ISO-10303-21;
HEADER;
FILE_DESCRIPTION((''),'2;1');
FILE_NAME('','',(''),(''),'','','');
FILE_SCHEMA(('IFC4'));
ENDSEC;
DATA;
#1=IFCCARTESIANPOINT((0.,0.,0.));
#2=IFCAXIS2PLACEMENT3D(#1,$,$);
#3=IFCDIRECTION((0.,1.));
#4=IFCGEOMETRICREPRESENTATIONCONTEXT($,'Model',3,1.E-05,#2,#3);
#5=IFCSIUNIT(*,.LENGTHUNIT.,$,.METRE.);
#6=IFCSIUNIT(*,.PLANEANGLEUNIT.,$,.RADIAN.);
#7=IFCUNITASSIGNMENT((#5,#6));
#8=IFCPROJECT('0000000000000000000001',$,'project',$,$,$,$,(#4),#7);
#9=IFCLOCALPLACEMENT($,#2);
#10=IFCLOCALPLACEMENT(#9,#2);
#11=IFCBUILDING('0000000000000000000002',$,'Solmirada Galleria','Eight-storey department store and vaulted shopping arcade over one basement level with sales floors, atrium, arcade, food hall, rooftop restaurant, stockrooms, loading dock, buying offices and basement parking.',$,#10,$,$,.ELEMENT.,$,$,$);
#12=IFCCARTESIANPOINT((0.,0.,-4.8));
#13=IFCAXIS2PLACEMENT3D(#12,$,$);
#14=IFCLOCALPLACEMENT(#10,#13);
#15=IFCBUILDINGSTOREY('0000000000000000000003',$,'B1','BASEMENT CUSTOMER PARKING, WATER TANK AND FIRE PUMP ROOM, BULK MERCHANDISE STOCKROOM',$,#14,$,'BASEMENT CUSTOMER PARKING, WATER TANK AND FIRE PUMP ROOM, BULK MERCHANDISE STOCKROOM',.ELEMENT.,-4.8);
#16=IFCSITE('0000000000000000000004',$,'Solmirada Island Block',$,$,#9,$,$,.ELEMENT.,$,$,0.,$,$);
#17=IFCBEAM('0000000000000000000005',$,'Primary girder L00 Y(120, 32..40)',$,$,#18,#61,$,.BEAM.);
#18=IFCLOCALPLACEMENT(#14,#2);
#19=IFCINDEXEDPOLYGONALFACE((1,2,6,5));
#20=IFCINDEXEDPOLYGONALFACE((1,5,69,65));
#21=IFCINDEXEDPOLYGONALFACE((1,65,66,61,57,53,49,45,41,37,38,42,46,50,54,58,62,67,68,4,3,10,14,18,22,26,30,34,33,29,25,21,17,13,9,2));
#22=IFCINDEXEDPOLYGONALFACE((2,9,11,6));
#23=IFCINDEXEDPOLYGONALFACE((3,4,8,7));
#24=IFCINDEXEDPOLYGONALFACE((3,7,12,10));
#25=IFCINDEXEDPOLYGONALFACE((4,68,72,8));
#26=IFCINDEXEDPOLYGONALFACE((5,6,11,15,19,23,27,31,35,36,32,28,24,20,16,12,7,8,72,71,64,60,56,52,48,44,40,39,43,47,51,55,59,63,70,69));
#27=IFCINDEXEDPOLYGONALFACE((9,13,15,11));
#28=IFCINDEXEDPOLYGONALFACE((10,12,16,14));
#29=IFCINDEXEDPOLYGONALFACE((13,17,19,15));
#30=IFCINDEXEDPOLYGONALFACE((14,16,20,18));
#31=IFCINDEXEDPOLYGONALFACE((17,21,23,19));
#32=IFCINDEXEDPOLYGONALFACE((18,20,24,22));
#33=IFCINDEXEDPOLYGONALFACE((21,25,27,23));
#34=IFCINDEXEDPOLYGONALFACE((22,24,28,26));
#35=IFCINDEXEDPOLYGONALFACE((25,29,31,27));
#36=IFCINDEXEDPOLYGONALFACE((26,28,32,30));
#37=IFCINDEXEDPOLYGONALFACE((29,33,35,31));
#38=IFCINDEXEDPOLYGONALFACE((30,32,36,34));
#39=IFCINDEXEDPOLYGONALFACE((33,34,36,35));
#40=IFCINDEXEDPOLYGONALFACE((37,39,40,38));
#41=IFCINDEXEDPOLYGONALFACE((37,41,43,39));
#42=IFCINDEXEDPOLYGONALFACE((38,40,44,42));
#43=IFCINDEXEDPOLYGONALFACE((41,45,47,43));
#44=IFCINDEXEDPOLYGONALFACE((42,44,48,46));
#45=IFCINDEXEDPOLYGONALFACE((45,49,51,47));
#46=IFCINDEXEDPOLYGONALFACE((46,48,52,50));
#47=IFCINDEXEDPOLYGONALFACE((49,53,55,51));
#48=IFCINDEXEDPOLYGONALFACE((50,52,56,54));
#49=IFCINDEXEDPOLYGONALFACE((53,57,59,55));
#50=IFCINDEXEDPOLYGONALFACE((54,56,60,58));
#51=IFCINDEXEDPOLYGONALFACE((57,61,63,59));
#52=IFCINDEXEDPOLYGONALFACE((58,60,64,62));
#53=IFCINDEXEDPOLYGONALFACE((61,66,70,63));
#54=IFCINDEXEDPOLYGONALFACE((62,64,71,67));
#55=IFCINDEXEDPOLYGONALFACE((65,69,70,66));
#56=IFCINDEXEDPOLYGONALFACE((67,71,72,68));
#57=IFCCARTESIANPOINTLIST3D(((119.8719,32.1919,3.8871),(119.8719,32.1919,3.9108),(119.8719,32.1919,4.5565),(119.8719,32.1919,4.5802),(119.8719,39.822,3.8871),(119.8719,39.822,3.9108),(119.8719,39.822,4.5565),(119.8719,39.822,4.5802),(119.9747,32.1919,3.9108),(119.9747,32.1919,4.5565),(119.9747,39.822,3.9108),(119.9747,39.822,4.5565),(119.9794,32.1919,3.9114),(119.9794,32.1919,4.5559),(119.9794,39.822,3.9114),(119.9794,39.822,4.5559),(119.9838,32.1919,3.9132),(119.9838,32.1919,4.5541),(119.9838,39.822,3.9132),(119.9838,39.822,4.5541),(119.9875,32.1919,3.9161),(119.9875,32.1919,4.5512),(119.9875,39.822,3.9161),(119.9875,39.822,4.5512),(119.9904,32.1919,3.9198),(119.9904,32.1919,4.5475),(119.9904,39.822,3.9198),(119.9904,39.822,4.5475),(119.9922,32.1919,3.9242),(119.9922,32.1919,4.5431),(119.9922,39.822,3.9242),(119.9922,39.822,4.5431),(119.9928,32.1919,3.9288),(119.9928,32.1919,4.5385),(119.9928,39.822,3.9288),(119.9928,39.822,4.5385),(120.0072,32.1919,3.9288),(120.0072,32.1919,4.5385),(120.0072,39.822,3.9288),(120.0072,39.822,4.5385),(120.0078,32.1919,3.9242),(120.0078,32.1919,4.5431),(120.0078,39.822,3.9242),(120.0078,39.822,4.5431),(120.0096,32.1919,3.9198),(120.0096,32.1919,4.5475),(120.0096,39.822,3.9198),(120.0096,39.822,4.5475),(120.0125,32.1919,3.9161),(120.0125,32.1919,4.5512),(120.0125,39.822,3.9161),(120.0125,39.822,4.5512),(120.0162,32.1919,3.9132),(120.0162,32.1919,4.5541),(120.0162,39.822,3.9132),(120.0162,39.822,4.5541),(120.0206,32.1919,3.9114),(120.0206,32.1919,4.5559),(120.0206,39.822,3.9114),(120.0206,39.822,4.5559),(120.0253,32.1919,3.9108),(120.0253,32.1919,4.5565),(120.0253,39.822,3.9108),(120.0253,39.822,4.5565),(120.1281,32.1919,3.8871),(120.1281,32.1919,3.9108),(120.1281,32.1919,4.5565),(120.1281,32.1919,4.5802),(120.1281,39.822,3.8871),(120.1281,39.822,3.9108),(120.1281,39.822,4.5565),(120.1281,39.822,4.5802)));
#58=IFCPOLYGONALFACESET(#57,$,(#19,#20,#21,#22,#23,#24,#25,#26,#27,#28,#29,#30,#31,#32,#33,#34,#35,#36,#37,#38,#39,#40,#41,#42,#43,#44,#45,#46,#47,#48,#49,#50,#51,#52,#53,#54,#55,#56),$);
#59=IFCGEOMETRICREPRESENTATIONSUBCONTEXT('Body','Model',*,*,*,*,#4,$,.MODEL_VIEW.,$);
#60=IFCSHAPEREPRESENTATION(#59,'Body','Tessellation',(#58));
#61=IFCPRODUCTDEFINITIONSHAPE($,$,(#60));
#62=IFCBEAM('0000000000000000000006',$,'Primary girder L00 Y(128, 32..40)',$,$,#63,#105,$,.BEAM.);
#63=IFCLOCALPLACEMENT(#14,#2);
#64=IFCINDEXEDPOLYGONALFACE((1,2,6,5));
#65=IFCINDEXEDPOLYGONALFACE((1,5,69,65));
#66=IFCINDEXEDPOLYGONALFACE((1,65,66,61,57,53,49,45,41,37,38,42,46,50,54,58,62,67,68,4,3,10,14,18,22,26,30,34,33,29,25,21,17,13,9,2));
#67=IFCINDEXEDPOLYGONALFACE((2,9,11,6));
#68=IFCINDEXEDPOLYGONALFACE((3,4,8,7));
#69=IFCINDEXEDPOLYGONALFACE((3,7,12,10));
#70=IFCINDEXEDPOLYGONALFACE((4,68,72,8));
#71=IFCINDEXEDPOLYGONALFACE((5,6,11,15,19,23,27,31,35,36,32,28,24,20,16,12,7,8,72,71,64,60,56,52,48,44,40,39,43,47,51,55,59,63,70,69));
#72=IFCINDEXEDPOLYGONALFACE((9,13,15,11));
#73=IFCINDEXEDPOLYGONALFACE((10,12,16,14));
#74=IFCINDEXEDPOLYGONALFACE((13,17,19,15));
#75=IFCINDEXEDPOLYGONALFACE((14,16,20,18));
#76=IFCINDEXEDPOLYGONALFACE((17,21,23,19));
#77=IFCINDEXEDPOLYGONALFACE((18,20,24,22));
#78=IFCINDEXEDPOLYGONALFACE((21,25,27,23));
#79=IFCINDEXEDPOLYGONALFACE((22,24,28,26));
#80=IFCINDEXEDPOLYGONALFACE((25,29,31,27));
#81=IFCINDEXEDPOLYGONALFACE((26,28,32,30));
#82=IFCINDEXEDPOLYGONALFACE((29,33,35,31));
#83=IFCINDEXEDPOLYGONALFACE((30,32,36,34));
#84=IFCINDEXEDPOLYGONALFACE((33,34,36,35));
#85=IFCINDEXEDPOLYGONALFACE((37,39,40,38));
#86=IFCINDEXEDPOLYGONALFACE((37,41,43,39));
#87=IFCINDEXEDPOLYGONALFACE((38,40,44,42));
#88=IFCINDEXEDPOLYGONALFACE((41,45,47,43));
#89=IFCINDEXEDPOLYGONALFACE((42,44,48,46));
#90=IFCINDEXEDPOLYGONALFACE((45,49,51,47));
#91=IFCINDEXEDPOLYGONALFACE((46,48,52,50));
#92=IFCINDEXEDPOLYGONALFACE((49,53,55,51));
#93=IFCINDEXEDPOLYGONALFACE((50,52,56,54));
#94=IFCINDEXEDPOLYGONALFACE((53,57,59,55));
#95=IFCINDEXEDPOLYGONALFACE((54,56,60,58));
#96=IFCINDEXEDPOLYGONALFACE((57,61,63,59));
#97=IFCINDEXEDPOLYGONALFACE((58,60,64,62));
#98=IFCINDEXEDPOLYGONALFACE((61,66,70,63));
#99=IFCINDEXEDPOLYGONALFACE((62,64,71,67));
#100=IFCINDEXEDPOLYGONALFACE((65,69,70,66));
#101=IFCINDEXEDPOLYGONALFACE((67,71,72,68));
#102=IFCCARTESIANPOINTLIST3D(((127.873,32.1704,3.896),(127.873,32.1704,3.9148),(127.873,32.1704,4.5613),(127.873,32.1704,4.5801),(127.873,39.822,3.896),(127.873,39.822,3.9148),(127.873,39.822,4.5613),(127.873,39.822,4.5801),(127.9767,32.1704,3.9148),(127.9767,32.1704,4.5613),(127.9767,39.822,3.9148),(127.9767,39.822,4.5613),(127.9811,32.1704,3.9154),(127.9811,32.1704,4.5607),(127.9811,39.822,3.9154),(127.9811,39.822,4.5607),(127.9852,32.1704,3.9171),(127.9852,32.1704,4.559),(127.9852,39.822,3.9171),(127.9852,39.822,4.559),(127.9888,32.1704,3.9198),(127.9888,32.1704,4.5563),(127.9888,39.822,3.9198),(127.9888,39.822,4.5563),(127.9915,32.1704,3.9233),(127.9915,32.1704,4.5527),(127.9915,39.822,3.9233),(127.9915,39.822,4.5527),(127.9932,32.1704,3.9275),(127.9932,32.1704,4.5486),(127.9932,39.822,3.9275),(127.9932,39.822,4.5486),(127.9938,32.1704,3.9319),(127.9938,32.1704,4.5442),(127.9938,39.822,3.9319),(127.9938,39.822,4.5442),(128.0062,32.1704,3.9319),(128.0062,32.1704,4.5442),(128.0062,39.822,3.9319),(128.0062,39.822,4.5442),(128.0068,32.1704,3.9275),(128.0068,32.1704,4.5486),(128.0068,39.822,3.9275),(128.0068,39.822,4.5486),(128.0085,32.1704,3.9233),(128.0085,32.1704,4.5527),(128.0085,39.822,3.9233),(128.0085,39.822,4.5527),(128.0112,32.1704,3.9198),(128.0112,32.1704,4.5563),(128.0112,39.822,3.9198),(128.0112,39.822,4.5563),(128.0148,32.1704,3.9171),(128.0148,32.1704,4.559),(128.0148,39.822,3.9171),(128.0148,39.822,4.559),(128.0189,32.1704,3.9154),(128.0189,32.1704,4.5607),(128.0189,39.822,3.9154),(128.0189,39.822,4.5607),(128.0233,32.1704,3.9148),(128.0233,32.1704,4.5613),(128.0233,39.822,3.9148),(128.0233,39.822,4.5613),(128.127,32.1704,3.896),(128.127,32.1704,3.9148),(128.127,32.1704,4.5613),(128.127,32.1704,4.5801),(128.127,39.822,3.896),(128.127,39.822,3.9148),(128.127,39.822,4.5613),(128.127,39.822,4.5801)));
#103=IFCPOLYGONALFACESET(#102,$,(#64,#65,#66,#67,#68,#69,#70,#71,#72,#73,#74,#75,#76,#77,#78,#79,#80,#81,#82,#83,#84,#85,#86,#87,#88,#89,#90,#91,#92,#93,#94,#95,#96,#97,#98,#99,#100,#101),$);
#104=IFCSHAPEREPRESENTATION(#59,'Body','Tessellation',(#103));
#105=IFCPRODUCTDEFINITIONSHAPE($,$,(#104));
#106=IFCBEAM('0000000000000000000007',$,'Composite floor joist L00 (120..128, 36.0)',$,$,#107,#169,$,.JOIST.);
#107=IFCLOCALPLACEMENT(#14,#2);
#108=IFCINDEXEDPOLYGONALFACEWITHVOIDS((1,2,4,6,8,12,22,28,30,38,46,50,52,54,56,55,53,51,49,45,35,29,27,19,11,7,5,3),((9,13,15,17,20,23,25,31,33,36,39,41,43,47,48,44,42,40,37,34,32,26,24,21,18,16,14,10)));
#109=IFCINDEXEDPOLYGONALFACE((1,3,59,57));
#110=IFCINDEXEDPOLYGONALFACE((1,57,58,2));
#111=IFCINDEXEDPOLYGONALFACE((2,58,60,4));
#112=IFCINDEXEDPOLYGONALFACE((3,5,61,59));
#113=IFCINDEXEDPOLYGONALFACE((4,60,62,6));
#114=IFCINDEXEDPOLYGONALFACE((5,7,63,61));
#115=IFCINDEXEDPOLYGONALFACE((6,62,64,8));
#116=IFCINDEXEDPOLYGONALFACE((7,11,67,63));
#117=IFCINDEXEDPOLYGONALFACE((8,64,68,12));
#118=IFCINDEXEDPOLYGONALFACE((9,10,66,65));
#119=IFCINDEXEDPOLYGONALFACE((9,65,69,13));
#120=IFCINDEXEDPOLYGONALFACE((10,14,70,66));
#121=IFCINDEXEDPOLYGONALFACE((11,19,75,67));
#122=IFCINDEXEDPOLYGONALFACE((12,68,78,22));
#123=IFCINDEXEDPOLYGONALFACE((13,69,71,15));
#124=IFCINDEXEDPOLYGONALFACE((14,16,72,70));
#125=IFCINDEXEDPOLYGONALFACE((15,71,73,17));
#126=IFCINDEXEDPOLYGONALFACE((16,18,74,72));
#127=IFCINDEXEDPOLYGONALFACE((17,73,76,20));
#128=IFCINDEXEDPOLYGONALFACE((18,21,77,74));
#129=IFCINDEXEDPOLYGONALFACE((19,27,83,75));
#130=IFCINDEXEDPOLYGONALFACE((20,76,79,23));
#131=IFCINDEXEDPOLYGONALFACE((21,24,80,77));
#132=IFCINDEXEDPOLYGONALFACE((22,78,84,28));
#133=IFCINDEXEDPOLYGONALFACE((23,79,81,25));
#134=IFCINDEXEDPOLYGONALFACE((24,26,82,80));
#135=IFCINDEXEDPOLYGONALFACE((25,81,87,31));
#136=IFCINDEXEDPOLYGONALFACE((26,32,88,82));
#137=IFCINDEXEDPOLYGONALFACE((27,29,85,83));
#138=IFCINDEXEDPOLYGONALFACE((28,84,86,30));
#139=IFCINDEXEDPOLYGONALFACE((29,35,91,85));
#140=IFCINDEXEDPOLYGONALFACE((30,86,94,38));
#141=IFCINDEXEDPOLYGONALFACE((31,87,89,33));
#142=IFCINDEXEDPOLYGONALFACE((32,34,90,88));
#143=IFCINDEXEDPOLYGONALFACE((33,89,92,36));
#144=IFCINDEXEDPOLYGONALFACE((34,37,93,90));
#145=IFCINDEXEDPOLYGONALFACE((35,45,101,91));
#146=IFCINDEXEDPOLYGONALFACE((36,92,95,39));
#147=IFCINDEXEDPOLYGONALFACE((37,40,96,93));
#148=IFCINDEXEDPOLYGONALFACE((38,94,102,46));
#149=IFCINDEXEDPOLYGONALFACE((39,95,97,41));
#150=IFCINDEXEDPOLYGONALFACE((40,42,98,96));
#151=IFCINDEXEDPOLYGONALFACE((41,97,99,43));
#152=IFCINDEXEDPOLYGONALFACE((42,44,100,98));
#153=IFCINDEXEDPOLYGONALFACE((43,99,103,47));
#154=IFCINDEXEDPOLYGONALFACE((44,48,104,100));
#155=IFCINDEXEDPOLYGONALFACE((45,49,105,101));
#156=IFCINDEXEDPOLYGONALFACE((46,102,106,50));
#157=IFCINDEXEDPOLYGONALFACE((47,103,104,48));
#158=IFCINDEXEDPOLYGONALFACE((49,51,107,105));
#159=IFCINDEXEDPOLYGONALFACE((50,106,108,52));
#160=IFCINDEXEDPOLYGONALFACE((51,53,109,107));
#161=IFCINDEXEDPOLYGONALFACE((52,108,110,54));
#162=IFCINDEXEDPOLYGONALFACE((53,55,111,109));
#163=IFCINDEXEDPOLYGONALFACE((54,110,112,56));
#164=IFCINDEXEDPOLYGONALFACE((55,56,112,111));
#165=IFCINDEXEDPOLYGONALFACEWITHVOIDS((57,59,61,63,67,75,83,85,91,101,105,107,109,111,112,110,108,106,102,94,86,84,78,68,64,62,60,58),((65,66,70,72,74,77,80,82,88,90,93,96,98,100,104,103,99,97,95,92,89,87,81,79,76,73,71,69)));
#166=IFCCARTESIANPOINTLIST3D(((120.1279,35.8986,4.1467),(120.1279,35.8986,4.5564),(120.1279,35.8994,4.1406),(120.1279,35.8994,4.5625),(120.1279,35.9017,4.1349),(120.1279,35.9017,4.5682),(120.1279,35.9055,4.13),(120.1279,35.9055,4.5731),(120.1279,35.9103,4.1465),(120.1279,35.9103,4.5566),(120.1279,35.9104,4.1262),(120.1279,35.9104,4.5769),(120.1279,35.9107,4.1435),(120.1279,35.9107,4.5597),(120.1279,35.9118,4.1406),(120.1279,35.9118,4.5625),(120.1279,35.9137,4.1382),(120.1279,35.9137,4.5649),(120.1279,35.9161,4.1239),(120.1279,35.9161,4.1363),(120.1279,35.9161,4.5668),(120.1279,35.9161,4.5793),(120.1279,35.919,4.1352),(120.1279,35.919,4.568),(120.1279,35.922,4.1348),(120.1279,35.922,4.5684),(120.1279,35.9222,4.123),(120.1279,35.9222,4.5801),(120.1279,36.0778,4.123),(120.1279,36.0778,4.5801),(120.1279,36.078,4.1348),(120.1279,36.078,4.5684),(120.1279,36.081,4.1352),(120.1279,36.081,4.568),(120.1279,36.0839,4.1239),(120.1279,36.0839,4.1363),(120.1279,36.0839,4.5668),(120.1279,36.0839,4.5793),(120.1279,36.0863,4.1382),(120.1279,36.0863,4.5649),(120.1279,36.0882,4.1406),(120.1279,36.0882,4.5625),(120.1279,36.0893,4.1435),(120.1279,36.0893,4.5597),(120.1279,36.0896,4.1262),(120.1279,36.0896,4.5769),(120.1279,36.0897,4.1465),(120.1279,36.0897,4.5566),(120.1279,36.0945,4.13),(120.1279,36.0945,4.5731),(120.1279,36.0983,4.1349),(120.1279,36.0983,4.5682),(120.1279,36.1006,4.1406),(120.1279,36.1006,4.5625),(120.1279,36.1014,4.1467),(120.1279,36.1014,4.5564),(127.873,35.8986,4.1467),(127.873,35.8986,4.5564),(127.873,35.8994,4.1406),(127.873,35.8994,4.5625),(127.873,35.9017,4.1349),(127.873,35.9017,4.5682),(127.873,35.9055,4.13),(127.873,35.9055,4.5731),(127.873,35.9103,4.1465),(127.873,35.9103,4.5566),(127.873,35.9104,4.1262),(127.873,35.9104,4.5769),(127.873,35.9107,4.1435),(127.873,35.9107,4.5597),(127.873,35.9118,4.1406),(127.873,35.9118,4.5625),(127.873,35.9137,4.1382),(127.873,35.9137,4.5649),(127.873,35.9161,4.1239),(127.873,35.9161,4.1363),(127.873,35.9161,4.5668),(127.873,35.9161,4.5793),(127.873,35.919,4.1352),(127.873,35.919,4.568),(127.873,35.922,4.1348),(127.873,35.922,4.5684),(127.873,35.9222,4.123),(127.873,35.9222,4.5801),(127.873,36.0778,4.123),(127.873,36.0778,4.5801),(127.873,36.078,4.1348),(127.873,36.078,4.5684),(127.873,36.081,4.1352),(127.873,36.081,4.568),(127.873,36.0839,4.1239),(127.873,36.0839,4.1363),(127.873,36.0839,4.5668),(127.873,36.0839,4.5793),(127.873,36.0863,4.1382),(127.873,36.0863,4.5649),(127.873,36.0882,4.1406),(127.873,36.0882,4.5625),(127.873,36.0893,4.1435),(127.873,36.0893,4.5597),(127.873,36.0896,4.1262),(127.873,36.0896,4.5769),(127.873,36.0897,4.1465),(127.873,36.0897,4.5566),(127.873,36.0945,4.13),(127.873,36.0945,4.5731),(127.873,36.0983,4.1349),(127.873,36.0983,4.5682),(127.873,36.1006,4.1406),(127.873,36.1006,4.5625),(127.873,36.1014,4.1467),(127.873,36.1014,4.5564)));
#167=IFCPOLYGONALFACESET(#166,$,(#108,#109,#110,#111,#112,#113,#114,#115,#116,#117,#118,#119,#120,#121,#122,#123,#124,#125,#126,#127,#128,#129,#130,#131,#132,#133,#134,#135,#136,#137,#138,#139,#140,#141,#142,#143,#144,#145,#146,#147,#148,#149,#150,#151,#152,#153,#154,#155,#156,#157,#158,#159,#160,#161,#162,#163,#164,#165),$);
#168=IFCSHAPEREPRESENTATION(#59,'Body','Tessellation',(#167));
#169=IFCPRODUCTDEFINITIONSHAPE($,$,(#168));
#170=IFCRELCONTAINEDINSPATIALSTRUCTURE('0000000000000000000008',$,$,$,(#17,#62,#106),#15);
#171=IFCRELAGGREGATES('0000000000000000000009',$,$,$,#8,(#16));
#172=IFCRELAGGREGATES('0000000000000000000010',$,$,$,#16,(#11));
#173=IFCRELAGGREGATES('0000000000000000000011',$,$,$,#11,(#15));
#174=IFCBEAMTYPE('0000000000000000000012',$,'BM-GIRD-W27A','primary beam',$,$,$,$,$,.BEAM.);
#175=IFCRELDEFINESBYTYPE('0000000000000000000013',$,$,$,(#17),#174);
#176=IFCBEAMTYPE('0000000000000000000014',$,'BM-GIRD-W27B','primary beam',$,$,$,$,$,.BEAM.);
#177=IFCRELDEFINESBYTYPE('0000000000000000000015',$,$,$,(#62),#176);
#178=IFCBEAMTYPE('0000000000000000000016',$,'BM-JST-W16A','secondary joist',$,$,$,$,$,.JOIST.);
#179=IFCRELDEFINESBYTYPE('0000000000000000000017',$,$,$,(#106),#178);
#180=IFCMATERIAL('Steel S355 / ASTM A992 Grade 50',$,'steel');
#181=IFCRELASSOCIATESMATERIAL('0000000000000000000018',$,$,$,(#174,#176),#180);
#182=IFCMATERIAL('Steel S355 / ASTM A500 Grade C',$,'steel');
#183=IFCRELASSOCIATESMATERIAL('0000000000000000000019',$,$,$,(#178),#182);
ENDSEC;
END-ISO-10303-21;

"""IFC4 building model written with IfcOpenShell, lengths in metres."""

from ifc_helpers import new_model, si_unit, direction, frame, origin, origin_2d, place, context, subcontext, project, spatial, hollow_rectangle, i_section, extrude, material, material_profile, profile_set, type_object, element, save


model = new_model("IFC4")

# Units and contexts
model_context = context("Model", 3, precision=1e-05, world=origin(), true_north=direction((0.0, 1.0)))
body_context = subcontext(model_context, "Body", "Model", "MODEL_VIEW")
ifc_project = project(units=[si_unit("LENGTHUNIT", "METRE"), si_unit("PLANEANGLEUNIT", "RADIAN")], contexts=[model_context])

# Site, building, storey
site_placement = place(None, origin())
site = spatial("IfcSite", under=ifc_project, at=site_placement, Name="Solmirada Island Block", CompositionType="ELEMENT", RefElevation=0.0)
building_placement = place(site_placement, origin())
building = spatial("IfcBuilding", under=site, at=building_placement, Name="Solmirada Galleria", Description="Eight-storey department store and vaulted shopping arcade over one basement level with sales floors, atrium, arcade, food hall, rooftop restaurant, stockrooms, loading dock, buying offices and basement parking.", CompositionType="ELEMENT")
storey_placement = place(building_placement, frame((0.0, 0.0, -4.8)))
storey = spatial("IfcBuildingStorey", under=building, at=storey_placement, Name="B1", Description="BASEMENT CUSTOMER PARKING, WATER TANK AND FIRE PUMP ROOM, BULK MERCHANDISE STOCKROOM", LongName="BASEMENT CUSTOMER PARKING, WATER TANK AND FIRE PUMP ROOM, BULK MERCHANDISE STOCKROOM", CompositionType="ELEMENT", Elevation=-4.8)

# Shared definitions
ifc_material_1 = material(Name="Steel S355 / ASTM A500 Grade C", Category="steel")

# Beams
ifc_material_2 = material(Name="Steel S355 / ASTM A992 Grade 50", Category="steel")
ifc_material_profile_1 = material_profile(ifc_material_2, i_section(OverallWidth=0.2561, OverallDepth=0.6931, WebThickness=0.0144, FlangeThickness=0.0237, FilletRadius=0.0181, at=origin_2d()), Name="W27X114")
ifc_profile_set_1 = profile_set([ifc_material_profile_1], Name="Steel S355 / ASTM A992 Grade 50")
beam_type_1 = type_object("IfcBeamType", Name="BM-GIRD-W27A", Description="primary beam", PredefinedType="BEAM", material=ifc_profile_set_1)
beam_1_placement = place(storey_placement, frame((120.0, 32.1919, 4.2336), z_axis=(0.0, 1.0, 0.0), x_axis=(-1.0, 0.0, 0.0)))
element("IfcBeam", 1, at=beam_1_placement, inside=storey, type_object=beam_type_1, Name="Primary girder L00 Y(120, 32..40)", PredefinedType="BEAM", context=body_context, shape_type="SweptSolid", body=[
    extrude(i_section(OverallWidth=0.2561, OverallDepth=0.6931, WebThickness=0.0144, FlangeThickness=0.0237, FilletRadius=0.0181, at=origin_2d()), origin(), (0.0, 0.0, 1.0), 7.6301),
])
ifc_material_profile_2 = material_profile(ifc_material_2, i_section(OverallWidth=0.2539, OverallDepth=0.6841, WebThickness=0.0125, FlangeThickness=0.0188, FilletRadius=0.0171, at=origin_2d()), Name="W27X94")
ifc_profile_set_2 = profile_set([ifc_material_profile_2], Name="Steel S355 / ASTM A992 Grade 50")
beam_type_2 = type_object("IfcBeamType", Name="BM-GIRD-W27B", Description="primary beam", PredefinedType="BEAM", material=ifc_profile_set_2)
beam_2_placement = place(storey_placement, frame((128.0, 32.1704, 4.238), z_axis=(0.0, 1.0, 0.0), x_axis=(-1.0, 0.0, 0.0)))
element("IfcBeam", 2, at=beam_2_placement, inside=storey, type_object=beam_type_2, Name="Primary girder L00 Y(128, 32..40)", PredefinedType="BEAM", context=body_context, shape_type="SweptSolid", body=[
    extrude(i_section(OverallWidth=0.2539, OverallDepth=0.6841, WebThickness=0.0125, FlangeThickness=0.0188, FilletRadius=0.0171, at=origin_2d()), origin(), (0.0, 0.0, 1.0), 7.6516),
])
ifc_material_profile_3 = material_profile(ifc_material_1, hollow_rectangle(XDim=0.2029, YDim=0.457, WallThickness=0.0117, InnerFilletRadius=0.0117, OuterFilletRadius=0.0237, at=origin_2d()), Name="HSS18X8X1/2")
ifc_profile_set_3 = profile_set([ifc_material_profile_3], Name="Steel S355 / ASTM A500 Grade C")
beam_type_3 = type_object("IfcBeamType", Name="BM-JST-W16A", Description="secondary joist", PredefinedType="JOIST", material=ifc_profile_set_3)
beam_3_placement = place(storey_placement, frame((120.1279, 36.0, 4.3516), z_axis=(1.0, 0.0, 0.0), x_axis=(0.0, 1.0, 0.0)))
element("IfcBeam", 3, at=beam_3_placement, inside=storey, type_object=beam_type_3, Name="Composite floor joist L00 (120..128, 36.0)", PredefinedType="JOIST", context=body_context, shape_type="SweptSolid", body=[
    extrude(hollow_rectangle(XDim=0.2029, YDim=0.457, WallThickness=0.0117, InnerFilletRadius=0.0117, OuterFilletRadius=0.0237, at=origin_2d()), origin(), (0.0, 0.0, 1.0), 7.7451),
])

save(model, "model.ifc")
